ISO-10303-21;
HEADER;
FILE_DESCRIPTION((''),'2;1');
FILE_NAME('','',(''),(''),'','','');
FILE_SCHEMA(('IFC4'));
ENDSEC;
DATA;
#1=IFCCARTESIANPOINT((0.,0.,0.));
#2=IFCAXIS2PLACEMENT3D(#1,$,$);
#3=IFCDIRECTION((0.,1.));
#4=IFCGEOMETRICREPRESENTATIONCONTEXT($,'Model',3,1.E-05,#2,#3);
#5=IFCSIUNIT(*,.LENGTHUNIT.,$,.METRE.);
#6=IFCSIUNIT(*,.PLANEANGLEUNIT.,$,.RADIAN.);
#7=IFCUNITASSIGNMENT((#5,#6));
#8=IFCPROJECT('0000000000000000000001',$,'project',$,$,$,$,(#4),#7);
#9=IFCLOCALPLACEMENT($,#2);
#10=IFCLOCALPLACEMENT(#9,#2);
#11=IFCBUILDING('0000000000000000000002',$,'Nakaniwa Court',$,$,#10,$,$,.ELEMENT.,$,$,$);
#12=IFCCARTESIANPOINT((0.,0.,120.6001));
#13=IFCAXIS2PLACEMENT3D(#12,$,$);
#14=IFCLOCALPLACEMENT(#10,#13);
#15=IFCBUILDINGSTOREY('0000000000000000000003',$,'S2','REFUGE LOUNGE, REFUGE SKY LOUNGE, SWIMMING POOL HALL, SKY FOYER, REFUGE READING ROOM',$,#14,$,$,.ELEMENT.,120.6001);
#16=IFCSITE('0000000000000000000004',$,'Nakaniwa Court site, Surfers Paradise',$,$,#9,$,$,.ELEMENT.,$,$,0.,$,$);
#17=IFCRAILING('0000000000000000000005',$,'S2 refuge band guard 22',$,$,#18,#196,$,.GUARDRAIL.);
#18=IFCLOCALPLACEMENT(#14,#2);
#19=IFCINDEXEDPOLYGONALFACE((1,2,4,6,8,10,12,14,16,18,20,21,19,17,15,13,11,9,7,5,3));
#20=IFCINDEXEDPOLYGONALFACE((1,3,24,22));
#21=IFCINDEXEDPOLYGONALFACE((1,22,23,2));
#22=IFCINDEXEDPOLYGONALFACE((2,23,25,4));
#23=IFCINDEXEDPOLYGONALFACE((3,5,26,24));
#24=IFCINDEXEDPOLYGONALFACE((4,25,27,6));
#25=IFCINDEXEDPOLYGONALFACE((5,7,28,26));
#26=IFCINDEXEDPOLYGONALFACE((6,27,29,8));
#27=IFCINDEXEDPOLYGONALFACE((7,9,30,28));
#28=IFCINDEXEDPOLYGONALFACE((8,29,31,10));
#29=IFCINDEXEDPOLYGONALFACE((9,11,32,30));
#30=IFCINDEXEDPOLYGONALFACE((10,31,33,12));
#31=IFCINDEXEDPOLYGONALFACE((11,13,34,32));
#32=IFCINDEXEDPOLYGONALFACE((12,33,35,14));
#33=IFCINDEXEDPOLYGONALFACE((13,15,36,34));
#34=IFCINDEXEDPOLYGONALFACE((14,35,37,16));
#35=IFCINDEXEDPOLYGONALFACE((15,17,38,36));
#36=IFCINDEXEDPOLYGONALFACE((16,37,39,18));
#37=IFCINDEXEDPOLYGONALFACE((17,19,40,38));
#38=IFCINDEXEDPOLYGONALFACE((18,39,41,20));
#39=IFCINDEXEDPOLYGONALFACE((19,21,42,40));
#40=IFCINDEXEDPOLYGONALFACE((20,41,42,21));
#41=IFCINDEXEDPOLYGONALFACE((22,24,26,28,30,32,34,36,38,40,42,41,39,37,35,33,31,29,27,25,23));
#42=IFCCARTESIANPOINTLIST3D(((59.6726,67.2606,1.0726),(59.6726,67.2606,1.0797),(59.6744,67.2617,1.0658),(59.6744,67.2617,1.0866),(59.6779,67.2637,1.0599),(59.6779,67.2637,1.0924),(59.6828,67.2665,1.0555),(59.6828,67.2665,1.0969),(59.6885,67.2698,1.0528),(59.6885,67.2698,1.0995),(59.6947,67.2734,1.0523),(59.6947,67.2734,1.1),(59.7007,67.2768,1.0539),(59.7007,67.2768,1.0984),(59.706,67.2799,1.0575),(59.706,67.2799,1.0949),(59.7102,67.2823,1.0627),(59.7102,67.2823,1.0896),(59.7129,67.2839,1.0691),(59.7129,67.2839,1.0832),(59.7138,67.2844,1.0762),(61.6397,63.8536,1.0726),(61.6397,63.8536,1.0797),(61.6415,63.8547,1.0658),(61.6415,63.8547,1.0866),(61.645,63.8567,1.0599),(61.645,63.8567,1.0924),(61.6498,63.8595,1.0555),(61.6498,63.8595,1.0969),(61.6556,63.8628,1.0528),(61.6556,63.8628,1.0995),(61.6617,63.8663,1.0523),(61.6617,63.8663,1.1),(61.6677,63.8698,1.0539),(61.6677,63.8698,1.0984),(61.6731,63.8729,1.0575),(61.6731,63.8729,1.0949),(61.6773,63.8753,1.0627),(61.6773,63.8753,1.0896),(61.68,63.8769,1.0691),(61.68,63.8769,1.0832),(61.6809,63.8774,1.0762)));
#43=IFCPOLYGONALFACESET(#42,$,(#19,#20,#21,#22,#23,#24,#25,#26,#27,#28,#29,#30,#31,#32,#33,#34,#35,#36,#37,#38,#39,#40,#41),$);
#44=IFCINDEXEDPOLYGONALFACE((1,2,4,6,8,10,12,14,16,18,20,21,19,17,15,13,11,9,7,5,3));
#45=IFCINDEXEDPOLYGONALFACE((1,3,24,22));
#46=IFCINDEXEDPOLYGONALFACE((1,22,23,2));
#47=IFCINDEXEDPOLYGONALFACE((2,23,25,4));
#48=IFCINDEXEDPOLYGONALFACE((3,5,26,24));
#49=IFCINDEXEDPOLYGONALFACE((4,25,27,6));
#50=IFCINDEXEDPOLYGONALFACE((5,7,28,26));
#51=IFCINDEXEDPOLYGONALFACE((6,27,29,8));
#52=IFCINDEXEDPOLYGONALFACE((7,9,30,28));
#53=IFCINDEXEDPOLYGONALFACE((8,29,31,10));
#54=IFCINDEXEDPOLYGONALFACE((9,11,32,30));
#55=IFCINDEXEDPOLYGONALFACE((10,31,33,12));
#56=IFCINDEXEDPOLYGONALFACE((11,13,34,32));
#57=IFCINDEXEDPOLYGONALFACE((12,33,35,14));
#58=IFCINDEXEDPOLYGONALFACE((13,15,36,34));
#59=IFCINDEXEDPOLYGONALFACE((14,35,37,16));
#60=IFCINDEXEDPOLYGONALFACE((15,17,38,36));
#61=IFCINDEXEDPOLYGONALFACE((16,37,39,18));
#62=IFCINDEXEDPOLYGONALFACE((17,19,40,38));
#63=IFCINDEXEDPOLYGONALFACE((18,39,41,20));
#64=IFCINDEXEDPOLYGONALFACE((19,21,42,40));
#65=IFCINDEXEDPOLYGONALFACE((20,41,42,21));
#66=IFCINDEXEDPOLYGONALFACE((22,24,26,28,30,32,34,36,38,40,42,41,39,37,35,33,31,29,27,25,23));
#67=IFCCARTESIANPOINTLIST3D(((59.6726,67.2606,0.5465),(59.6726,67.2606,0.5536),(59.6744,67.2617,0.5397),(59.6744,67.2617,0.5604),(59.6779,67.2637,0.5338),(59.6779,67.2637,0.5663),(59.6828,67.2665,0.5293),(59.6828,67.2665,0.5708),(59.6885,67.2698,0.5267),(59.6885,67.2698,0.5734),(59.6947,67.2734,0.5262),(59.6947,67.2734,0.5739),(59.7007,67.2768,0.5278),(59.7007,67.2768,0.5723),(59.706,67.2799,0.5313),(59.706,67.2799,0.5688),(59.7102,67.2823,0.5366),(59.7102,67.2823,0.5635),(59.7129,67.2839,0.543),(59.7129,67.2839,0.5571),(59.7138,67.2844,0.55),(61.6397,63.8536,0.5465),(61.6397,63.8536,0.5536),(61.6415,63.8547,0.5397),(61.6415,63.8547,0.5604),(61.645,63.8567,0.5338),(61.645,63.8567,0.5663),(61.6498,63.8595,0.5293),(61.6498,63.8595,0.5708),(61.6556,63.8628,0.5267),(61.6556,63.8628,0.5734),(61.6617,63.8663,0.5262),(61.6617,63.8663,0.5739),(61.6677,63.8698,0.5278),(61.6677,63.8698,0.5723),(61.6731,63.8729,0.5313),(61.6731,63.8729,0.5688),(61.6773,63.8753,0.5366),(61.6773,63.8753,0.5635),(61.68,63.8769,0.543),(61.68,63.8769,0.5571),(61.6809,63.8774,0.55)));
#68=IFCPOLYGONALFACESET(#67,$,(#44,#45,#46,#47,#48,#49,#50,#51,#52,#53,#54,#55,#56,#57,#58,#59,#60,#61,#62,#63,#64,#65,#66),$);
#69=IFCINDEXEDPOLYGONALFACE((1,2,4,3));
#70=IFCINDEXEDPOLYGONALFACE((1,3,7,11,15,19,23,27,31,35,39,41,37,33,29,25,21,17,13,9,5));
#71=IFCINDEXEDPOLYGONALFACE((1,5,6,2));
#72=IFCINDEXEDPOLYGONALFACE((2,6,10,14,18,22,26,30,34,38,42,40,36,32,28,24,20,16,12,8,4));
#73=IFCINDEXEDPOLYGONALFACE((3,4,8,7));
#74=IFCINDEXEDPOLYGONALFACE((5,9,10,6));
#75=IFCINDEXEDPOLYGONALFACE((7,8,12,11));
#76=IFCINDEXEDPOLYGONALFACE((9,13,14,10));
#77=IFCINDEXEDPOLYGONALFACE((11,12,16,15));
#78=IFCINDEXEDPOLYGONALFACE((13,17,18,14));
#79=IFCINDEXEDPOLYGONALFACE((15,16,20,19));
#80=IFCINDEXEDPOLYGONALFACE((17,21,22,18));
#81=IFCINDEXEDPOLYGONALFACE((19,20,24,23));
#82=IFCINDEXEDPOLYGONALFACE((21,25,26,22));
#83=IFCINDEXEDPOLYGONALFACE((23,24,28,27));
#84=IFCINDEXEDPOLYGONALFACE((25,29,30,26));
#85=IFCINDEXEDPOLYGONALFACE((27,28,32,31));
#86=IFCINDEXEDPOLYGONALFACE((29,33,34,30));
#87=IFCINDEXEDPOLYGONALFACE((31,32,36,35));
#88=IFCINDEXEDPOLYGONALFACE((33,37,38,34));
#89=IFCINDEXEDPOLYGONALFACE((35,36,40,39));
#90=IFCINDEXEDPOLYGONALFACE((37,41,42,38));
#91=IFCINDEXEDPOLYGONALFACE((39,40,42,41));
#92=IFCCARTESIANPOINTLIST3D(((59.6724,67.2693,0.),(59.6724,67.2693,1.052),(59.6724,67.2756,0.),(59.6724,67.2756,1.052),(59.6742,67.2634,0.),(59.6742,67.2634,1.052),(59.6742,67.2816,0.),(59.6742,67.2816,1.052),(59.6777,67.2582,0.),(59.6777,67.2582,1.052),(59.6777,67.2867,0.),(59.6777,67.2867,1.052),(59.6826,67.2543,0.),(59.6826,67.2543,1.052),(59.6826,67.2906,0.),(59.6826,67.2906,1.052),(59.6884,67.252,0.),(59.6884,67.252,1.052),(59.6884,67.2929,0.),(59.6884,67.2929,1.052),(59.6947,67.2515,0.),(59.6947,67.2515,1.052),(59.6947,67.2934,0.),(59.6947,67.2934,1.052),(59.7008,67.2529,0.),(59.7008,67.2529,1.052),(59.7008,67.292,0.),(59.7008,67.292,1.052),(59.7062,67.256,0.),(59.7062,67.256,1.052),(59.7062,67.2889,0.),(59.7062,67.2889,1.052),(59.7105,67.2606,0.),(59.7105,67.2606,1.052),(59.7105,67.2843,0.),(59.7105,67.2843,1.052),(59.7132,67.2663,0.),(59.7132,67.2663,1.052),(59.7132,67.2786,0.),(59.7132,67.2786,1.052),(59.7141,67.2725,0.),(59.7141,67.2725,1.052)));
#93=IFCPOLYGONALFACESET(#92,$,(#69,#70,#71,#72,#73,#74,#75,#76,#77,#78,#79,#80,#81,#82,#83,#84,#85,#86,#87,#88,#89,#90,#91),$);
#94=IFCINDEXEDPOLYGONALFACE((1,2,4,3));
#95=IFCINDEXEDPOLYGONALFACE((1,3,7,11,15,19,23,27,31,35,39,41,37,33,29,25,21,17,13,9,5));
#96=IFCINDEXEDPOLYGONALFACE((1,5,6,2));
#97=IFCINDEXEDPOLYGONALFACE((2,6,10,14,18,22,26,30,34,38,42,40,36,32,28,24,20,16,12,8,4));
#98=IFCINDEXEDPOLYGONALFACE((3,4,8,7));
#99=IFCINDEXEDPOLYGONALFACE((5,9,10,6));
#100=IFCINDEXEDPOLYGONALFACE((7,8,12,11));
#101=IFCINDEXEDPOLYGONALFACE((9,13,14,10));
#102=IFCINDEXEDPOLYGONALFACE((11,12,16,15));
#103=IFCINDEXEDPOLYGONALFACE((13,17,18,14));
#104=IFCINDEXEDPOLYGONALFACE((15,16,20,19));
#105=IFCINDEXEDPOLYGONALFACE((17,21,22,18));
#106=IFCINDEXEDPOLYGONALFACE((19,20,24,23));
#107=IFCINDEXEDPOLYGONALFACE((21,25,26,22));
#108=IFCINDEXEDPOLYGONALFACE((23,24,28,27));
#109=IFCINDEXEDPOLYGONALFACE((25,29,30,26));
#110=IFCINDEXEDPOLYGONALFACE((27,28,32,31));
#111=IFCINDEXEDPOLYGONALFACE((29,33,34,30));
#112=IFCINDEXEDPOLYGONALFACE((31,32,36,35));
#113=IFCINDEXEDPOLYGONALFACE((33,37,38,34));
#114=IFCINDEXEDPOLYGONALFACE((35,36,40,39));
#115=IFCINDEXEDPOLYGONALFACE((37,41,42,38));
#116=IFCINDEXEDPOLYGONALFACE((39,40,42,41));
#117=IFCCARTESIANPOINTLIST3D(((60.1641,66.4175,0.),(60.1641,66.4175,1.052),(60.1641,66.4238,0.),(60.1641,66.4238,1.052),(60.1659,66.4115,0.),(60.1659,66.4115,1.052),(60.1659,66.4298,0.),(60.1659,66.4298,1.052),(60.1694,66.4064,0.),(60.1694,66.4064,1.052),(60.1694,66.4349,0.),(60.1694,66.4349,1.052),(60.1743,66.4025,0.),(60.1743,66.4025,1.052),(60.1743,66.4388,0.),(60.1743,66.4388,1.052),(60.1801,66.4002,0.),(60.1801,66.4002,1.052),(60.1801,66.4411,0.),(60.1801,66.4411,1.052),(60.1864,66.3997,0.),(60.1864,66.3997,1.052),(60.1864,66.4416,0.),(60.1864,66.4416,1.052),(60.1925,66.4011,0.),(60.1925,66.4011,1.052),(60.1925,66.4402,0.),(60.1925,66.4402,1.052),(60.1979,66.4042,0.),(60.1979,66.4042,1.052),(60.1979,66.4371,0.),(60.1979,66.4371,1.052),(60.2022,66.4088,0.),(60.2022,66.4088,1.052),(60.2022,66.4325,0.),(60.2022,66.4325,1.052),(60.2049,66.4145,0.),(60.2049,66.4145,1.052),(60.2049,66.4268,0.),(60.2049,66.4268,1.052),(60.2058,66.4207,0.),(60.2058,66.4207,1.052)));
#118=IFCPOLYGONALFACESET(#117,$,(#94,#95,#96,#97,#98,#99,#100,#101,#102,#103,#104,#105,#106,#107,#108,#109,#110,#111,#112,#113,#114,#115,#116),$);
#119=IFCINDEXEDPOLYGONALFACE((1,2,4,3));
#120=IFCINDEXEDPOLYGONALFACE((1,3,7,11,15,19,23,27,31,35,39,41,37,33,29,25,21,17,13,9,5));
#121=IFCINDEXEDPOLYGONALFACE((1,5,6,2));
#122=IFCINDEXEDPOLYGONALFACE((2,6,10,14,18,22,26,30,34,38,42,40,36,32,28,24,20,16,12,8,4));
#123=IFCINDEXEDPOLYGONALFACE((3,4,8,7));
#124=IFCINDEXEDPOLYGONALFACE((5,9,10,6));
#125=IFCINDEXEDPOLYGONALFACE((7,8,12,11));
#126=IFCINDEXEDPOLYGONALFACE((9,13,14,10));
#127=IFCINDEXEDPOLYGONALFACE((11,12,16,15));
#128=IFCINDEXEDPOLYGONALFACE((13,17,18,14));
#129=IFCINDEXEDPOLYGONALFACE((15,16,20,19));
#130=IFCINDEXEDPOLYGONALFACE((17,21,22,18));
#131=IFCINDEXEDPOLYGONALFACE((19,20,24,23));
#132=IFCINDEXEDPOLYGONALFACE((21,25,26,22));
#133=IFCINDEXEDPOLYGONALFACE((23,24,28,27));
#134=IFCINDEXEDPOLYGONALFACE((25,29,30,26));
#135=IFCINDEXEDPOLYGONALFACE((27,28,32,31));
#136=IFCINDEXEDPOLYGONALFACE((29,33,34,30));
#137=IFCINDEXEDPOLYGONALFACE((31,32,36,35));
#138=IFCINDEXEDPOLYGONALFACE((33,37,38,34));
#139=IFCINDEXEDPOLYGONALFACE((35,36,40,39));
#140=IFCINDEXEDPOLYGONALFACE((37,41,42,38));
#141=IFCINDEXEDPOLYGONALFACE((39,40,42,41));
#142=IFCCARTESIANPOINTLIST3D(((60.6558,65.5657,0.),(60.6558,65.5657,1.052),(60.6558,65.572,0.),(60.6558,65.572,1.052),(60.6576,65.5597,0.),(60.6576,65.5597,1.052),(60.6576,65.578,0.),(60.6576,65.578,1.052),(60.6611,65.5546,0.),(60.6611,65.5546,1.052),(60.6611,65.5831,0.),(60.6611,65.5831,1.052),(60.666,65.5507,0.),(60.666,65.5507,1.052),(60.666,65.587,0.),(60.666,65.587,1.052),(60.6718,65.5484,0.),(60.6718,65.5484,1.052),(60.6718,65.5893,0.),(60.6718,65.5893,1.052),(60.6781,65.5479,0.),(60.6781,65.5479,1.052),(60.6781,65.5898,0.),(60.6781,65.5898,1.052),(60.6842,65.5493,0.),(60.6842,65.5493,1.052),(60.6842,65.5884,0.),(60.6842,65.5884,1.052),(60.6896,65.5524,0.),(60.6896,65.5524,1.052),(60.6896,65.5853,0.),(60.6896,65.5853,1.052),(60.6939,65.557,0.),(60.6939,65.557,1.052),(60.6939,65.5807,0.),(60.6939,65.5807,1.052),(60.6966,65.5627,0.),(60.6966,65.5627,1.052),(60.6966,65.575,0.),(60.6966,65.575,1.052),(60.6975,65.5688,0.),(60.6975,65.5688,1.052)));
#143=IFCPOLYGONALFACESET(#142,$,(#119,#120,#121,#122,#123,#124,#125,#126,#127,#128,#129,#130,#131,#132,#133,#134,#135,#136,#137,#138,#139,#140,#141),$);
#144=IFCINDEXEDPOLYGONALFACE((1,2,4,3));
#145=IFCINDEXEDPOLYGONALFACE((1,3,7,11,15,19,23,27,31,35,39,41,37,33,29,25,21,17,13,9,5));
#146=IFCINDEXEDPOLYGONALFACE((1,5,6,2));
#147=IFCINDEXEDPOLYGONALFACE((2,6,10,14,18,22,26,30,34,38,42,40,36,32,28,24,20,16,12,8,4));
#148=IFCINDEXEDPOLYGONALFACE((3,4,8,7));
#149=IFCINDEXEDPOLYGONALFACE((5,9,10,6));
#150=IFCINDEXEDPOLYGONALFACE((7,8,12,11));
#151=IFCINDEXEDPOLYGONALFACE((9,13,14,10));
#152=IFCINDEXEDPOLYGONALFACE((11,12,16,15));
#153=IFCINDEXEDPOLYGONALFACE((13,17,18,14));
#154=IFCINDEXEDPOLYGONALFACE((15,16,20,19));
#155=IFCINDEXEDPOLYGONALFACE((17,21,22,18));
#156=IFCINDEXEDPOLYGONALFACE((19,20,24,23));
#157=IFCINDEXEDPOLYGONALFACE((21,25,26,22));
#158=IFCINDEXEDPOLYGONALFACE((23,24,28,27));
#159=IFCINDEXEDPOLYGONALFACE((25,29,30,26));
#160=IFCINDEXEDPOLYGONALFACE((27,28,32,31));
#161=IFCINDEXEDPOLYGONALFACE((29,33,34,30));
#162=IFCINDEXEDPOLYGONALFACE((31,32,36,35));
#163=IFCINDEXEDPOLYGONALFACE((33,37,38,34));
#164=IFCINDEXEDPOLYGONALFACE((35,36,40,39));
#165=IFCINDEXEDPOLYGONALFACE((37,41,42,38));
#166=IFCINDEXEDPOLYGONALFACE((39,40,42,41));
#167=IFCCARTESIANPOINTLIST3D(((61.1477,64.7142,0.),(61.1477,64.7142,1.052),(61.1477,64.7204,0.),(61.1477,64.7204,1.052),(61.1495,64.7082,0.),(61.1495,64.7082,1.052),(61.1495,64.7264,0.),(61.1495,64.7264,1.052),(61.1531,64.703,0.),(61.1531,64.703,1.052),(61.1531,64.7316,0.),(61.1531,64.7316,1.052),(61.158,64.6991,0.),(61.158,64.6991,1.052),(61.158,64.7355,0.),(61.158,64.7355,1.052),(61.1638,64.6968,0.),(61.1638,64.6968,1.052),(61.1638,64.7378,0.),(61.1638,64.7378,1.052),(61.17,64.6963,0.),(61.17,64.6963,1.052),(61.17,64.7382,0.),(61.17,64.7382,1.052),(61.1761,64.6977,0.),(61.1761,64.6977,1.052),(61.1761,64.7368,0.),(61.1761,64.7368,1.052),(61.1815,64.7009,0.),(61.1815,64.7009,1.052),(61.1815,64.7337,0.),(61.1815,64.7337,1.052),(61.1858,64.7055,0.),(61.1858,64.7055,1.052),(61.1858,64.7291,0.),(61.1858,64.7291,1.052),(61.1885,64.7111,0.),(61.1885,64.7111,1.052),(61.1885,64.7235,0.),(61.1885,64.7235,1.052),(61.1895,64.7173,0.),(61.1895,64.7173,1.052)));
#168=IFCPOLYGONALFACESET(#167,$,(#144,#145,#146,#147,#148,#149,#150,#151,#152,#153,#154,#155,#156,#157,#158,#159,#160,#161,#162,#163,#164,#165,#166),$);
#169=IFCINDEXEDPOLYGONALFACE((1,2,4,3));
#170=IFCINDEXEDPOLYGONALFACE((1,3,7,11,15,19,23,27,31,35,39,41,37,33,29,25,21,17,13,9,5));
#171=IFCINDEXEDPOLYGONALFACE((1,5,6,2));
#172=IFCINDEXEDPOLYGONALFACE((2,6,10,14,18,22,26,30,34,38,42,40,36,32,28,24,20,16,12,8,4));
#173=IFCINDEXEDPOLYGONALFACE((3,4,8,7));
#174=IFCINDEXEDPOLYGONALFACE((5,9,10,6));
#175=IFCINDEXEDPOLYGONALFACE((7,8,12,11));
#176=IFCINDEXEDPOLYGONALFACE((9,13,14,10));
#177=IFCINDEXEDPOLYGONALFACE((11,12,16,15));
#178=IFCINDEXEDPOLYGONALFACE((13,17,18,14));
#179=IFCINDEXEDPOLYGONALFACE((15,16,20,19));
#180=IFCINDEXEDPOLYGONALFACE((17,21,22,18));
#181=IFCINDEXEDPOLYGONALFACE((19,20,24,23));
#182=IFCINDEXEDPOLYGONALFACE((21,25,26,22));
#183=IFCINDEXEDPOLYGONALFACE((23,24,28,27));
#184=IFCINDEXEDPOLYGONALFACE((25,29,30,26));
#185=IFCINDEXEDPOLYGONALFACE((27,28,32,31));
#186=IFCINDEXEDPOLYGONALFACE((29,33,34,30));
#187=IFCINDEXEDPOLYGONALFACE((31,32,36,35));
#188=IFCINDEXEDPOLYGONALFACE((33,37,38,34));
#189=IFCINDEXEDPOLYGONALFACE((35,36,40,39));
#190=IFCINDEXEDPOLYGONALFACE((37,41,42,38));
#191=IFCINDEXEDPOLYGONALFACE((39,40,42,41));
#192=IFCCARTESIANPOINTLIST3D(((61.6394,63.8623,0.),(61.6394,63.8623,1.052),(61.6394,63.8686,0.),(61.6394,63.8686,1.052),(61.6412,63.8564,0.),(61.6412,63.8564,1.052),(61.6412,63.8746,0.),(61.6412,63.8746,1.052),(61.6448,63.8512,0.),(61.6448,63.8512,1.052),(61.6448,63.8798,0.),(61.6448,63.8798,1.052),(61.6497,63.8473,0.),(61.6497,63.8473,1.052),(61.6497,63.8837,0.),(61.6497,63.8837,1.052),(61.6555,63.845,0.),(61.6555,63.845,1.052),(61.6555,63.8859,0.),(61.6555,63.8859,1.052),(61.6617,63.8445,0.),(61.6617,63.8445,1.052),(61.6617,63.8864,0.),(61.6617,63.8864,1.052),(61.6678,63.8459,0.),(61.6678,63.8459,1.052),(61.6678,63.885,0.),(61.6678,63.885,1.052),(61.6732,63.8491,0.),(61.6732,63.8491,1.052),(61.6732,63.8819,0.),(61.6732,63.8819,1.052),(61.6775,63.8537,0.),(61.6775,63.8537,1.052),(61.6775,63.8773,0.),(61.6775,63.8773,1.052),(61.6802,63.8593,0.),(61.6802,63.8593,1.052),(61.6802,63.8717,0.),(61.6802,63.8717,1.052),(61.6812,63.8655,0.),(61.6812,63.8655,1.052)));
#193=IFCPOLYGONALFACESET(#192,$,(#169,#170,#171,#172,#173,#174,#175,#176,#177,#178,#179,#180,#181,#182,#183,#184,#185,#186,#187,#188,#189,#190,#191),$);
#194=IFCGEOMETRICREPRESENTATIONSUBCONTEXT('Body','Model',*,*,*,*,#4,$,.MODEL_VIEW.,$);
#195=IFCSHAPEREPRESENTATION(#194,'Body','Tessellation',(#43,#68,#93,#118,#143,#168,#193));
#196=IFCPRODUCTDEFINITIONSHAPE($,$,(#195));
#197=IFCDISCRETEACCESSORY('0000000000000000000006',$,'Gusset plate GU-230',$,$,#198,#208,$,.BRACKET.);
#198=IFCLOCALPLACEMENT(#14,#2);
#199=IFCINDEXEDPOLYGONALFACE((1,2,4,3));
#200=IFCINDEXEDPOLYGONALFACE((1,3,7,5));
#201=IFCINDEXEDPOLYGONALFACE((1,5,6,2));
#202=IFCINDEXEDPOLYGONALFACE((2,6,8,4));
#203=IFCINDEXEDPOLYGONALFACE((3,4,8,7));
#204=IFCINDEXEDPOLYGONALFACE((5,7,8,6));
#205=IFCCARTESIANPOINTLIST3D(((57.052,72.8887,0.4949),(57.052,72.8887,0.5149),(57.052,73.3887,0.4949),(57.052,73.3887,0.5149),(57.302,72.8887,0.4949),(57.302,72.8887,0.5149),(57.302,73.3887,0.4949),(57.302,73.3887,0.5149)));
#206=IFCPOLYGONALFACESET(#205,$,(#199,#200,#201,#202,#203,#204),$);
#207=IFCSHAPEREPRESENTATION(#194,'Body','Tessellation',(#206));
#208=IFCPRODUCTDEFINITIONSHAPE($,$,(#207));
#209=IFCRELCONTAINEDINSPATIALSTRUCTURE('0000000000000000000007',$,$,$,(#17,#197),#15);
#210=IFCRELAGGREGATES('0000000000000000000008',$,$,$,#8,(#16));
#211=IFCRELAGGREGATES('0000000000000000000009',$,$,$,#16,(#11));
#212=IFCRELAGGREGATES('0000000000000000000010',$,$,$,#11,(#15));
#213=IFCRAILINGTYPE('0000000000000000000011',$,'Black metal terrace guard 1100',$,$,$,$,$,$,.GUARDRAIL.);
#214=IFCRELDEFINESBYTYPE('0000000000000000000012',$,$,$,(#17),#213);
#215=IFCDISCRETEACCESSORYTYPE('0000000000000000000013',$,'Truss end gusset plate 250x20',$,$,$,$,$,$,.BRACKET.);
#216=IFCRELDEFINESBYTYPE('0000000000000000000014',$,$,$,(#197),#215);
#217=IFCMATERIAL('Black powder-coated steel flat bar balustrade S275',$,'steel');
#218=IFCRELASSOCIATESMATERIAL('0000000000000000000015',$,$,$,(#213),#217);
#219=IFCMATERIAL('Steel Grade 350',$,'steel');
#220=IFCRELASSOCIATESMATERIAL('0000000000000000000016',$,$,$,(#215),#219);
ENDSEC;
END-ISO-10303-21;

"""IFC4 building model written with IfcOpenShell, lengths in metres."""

from ifc_helpers import new_model, si_unit, direction, frame, origin, origin_2d, place, context, subcontext, project, spatial, rectangle, circle, extrude, material, material_profile, profile_set, type_object, element, save


model = new_model("IFC4")

# Units and contexts
model_context = context("Model", 3, precision=1e-05, world=origin(), true_north=direction((0.0, 1.0)))
body_context = subcontext(model_context, "Body", "Model", "MODEL_VIEW")
ifc_project = project(units=[si_unit("LENGTHUNIT", "METRE"), si_unit("PLANEANGLEUNIT", "RADIAN")], contexts=[model_context])

# Site, building, storey
site_placement = place(None, origin())
site = spatial("IfcSite", under=ifc_project, at=site_placement, Name="Nakaniwa Court site, Surfers Paradise", CompositionType="ELEMENT", RefElevation=0.0)
building_placement = place(site_placement, origin())
building = spatial("IfcBuilding", under=site, at=building_placement, Name="Nakaniwa Court", CompositionType="ELEMENT")
storey_placement = place(building_placement, frame((0.0, 0.0, 120.6001)))
storey = spatial("IfcBuildingStorey", under=building, at=storey_placement, Name="S2", Description="REFUGE LOUNGE, REFUGE SKY LOUNGE, SWIMMING POOL HALL, SKY FOYER, REFUGE READING ROOM", CompositionType="ELEMENT", Elevation=120.6001)

# Shared definitions
ifc_material_1 = material(Name="Steel Grade 350", Category="steel")

# Railing
ifc_material_2 = material(Name="Black powder-coated steel flat bar balustrade S275", Category="steel")
railing_type = type_object("IfcRailingType", Name="Black metal terrace guard 1100", PredefinedType="GUARDRAIL", material=ifc_material_2)
railing_1_placement = place(storey_placement, frame((59.6931, 67.2725, 0.0)))
element("IfcRailing", 1, at=railing_1_placement, inside=storey, type_object=railing_type, Name="S2 refuge band guard 22", PredefinedType="GUARDRAIL", context=body_context, shape_type="SweptSolid", body=[
    extrude(circle(Radius=0.0239, at=origin_2d()), frame((0.0, 0.0, 1.0762), z_axis=(0.500004, -0.866023, 0.0), x_axis=(0.866023, 0.500004, 0.0)), (0.0, 0.0, 1.0), 3.9341),
    extrude(circle(Radius=0.0239, at=origin_2d()), frame((0.0, 0.0, 0.55), z_axis=(0.500004, -0.866023, 0.0), x_axis=(0.866023, 0.500004, 0.0)), (0.0, 0.0, 1.0), 3.9341),
    extrude(circle(Radius=0.021, at=origin_2d()), origin(), (0.0, 0.0, 1.0), 1.052),
    extrude(circle(Radius=0.021, at=origin_2d()), frame((0.4917, -0.8518, 0.0)), (0.0, 0.0, 1.0), 1.052),
    extrude(circle(Radius=0.021, at=origin_2d()), frame((0.9834, -1.7036, 0.0)), (0.0, 0.0, 1.0), 1.052),
    extrude(circle(Radius=0.021, at=origin_2d()), frame((1.4753, -2.5552, 0.0)), (0.0, 0.0, 1.0), 1.052),
    extrude(circle(Radius=0.021, at=origin_2d()), frame((1.967, -3.407, 0.0)), (0.0, 0.0, 1.0), 1.052),
])

# Discrete accessory
ifc_material_profile_1 = material_profile(ifc_material_1, rectangle(XDim=0.25, YDim=0.02, at=origin_2d()), Name="Truss end gusset plate 250x20")
ifc_profile_set_1 = profile_set([ifc_material_profile_1], Name="Steel Grade 350")
discrete_accessory_type = type_object("IfcDiscreteAccessoryType", Name="Truss end gusset plate 250x20", PredefinedType="BRACKET", material=ifc_profile_set_1)
for number, where, z_axis, x_axis, name in (
    (2, (57.177, 73.3887, 0.5049), (0.0, -1.0, 0.0), (1.0, 0.0, 0.0), "Gusset plate GU-230"),
):
    element("IfcDiscreteAccessory", number, at=place(storey_placement, frame(where, z_axis=z_axis, x_axis=x_axis)), inside=storey, type_object=discrete_accessory_type, Name=name, PredefinedType="BRACKET", context=body_context, shape_type="SweptSolid", body=[
        extrude(rectangle(XDim=0.25, YDim=0.02, at=origin_2d()), origin(), (0.0, 0.0, 1.0), 0.5),
    ])

save(model, "model.ifc")
